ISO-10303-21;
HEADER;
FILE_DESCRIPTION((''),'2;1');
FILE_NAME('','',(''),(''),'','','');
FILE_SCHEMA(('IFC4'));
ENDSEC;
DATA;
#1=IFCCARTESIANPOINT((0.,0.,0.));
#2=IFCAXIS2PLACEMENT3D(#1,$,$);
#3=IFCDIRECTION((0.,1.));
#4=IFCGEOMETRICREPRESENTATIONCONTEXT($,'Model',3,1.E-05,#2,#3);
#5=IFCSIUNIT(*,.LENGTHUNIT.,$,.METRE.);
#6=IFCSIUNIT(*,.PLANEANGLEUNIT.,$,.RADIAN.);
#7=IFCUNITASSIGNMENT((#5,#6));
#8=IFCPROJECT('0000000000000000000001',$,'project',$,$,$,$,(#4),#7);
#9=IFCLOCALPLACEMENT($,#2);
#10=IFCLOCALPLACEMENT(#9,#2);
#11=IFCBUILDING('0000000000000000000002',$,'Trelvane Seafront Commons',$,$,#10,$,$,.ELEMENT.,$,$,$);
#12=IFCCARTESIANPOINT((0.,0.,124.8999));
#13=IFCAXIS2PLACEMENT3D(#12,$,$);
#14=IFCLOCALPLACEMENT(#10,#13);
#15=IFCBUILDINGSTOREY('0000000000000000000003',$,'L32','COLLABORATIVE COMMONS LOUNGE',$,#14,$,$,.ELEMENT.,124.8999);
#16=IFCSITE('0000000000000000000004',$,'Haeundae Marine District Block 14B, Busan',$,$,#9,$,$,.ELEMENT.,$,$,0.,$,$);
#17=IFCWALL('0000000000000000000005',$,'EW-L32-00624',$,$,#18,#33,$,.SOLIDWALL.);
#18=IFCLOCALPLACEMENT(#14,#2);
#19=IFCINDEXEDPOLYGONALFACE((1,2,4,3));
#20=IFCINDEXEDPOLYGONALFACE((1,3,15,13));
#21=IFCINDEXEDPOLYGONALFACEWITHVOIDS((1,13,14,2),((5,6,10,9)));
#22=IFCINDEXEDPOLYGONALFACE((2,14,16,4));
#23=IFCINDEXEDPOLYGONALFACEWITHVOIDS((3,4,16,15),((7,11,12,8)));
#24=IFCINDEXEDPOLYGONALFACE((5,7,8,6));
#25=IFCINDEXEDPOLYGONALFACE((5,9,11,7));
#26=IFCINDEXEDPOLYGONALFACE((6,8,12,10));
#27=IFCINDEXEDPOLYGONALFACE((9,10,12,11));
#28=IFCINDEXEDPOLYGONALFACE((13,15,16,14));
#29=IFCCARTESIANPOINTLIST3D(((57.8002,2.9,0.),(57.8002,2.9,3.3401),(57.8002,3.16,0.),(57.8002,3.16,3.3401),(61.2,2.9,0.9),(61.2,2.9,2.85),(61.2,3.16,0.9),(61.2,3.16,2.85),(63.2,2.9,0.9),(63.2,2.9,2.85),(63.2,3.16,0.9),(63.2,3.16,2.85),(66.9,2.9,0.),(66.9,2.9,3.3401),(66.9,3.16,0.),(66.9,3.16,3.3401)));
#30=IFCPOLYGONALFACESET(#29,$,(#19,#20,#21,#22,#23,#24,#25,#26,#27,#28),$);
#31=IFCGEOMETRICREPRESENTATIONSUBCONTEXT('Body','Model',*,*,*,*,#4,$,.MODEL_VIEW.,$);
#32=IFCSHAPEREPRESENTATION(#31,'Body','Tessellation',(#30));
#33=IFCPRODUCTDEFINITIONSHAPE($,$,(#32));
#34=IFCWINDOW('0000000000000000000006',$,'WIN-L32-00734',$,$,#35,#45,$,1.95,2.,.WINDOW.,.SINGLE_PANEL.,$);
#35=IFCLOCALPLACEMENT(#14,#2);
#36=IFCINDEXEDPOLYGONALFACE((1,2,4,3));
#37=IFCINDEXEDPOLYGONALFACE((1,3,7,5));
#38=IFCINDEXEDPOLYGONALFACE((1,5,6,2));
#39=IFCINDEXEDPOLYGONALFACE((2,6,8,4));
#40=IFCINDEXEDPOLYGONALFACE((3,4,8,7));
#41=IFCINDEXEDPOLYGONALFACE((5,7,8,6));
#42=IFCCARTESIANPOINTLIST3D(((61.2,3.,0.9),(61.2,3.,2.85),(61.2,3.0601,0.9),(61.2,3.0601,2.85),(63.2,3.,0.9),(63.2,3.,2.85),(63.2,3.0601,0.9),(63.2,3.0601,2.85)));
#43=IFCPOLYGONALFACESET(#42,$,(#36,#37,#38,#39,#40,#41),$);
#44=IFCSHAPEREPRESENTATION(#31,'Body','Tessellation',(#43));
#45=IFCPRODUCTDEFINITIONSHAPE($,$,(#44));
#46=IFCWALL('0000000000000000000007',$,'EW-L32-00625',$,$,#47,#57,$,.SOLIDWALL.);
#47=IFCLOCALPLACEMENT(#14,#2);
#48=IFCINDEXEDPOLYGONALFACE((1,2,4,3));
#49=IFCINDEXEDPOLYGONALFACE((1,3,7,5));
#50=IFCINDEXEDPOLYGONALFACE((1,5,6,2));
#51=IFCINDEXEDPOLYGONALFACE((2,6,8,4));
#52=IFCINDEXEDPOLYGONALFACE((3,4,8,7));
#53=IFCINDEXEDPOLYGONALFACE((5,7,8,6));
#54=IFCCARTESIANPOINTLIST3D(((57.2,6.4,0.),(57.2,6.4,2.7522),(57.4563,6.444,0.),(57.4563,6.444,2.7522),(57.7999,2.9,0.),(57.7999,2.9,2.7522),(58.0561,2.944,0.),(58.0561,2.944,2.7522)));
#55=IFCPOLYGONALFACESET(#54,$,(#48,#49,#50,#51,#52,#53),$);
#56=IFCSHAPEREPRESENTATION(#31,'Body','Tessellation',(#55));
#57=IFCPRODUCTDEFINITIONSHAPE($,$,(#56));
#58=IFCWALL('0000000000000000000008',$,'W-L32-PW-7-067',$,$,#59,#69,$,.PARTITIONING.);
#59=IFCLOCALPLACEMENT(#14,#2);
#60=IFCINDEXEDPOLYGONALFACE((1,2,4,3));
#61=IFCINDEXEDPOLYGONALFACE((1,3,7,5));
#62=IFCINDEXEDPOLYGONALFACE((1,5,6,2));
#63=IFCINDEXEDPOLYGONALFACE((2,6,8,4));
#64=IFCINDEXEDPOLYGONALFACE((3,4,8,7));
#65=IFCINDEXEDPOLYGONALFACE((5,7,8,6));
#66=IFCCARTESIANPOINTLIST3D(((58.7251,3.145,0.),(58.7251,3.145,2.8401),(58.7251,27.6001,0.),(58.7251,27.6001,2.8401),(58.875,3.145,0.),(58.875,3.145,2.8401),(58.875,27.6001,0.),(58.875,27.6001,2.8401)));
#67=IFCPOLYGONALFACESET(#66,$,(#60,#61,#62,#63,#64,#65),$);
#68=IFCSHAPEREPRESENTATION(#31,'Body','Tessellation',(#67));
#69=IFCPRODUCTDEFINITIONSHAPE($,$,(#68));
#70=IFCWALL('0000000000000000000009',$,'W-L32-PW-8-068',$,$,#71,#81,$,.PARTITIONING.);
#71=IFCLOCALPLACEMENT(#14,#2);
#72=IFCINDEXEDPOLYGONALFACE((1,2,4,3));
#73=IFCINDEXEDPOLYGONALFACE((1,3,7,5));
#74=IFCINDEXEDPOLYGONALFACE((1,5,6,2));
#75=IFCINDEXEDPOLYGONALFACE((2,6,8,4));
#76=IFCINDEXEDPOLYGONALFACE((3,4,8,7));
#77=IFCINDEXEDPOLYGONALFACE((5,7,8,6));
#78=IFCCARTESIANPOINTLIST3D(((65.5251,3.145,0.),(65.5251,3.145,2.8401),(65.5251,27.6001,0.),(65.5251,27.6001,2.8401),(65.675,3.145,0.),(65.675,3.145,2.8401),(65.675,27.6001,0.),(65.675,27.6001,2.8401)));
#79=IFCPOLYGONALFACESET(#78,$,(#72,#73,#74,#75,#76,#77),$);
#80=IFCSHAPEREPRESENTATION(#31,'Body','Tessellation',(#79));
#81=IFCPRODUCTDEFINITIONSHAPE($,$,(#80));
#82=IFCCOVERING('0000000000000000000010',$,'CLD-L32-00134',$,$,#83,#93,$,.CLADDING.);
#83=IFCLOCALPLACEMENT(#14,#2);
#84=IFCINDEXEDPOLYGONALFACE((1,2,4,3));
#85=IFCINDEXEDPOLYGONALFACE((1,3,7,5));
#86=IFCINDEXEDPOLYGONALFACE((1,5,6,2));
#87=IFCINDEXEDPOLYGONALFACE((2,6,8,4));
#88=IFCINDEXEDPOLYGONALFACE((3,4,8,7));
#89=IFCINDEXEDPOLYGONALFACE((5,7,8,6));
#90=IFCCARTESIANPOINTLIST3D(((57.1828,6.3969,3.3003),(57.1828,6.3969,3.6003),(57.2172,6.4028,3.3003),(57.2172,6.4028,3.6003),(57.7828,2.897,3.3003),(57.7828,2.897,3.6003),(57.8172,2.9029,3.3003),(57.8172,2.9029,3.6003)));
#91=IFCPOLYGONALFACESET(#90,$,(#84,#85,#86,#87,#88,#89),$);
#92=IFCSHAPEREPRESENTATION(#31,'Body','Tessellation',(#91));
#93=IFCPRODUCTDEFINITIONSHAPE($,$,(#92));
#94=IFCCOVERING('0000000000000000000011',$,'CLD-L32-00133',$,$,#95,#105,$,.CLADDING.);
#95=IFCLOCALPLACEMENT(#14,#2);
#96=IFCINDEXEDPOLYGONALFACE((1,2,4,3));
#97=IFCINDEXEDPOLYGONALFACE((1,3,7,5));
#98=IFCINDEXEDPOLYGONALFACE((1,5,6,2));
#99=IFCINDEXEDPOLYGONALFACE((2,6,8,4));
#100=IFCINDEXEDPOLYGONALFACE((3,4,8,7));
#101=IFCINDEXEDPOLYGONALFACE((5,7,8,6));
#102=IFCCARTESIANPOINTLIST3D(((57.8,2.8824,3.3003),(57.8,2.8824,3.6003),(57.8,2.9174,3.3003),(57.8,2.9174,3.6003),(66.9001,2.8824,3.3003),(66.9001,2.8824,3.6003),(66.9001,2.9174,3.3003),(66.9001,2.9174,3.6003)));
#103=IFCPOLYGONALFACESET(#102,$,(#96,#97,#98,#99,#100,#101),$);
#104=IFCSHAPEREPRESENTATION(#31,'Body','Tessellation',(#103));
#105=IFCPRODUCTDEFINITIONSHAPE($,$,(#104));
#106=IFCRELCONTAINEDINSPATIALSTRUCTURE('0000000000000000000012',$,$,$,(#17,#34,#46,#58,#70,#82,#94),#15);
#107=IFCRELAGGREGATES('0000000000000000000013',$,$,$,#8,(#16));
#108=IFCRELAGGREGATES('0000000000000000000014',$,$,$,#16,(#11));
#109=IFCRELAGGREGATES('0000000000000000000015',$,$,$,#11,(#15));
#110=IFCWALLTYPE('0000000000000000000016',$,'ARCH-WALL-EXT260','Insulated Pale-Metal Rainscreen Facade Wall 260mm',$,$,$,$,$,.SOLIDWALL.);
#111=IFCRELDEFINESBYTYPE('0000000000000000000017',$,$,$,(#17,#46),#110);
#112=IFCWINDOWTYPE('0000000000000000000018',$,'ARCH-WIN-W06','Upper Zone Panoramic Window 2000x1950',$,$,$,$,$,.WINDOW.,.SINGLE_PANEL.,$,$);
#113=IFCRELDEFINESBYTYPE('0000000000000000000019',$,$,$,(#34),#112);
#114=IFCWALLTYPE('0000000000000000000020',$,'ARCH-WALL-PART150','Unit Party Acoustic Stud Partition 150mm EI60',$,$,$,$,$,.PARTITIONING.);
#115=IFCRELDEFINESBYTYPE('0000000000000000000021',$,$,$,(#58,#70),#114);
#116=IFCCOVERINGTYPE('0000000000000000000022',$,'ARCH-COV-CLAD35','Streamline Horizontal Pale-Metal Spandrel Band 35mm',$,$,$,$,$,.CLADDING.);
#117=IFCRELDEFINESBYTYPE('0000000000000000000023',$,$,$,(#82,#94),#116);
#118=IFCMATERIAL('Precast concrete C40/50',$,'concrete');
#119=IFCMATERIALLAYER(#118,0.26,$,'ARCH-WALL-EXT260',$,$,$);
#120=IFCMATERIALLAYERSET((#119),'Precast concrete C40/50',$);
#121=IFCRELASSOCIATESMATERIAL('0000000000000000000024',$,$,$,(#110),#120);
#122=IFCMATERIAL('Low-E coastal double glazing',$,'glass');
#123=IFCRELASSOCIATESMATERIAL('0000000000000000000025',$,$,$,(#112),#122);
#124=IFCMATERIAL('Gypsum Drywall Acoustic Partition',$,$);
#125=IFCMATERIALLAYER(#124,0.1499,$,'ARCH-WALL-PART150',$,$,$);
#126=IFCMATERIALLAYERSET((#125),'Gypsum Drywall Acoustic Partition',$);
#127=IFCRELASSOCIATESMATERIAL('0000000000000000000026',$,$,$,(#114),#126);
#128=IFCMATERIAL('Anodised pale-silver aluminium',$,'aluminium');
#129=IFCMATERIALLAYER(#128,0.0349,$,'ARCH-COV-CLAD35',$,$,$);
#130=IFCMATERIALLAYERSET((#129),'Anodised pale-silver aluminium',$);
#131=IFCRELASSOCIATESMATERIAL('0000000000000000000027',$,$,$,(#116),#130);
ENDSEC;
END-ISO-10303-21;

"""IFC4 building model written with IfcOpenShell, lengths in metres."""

from ifc_helpers import new_model, si_unit, direction, frame, frame_2d, origin, origin_2d, place, context, subcontext, project, spatial, rectangle, extrude, source, transform, mapped, material, layer, layer_set, type_object, element, fill, save


model = new_model("IFC4")

# Units and contexts
model_context = context("Model", 3, precision=1e-05, world=origin(), true_north=direction((0.0, 1.0)))
body_context = subcontext(model_context, "Body", "Model", "MODEL_VIEW")
ifc_project = project(units=[si_unit("LENGTHUNIT", "METRE"), si_unit("PLANEANGLEUNIT", "RADIAN")], contexts=[model_context])

# Site, building, storey
site_placement = place(None, origin())
site = spatial("IfcSite", under=ifc_project, at=site_placement, Name="Haeundae Marine District Block 14B, Busan", CompositionType="ELEMENT", RefElevation=0.0)
building_placement = place(site_placement, origin())
building = spatial("IfcBuilding", under=site, at=building_placement, Name="Trelvane Seafront Commons", CompositionType="ELEMENT")
storey_placement = place(building_placement, frame((0.0, 0.0, 124.8999)))
storey = spatial("IfcBuildingStorey", under=building, at=storey_placement, Name="L32", Description="COLLABORATIVE COMMONS LOUNGE", CompositionType="ELEMENT", Elevation=124.8999)

# Shared definitions
ifc_material_1 = material(Name="Anodised pale-silver aluminium", Category="aluminium")

# Shared definitions
ifc_material_2 = material(Name="Low-E coastal double glazing", Category="glass")

# Shared definitions
ifc_material_3 = material(Name="Precast concrete C40/50", Category="concrete")
ifc_layer_1 = layer(ifc_material_3, 0.26, Name="ARCH-WALL-EXT260")
ifc_layer_set_1 = layer_set([ifc_layer_1], Name="Precast concrete C40/50")
wall_type_1 = type_object("IfcWallType", Name="ARCH-WALL-EXT260", Description="Insulated Pale-Metal Rainscreen Facade Wall 260mm", PredefinedType="SOLIDWALL", material=ifc_layer_set_1)

# Wall, opening, window
wall_1_placement = place(storey_placement, frame((66.8999, 3.03, 0.0), z_axis=(0.0, 0.0, 1.0), x_axis=(-1.0, 0.0, 0.0)))
wall_1 = element("IfcWall", 1, at=wall_1_placement, inside=storey, type_object=wall_type_1, Name="EW-L32-00624", PredefinedType="SOLIDWALL", context=body_context, shape_type="SweptSolid", body=[
    extrude(rectangle(XDim=9.0999, YDim=0.26, at=frame_2d((4.5498, 0.0))), origin(), (0.0, 0.0, 1.0), 3.3401),
])
opening_placement = place(wall_1_placement, frame((3.7, 0.0, 0.8999)))
opening = element("IfcOpeningElement", 2, at=opening_placement, cuts=wall_1, PredefinedType="OPENING", context=body_context, shape_type="SweptSolid", body=[
    extrude(rectangle(XDim=2.0, YDim=1.95, at=frame_2d((1.0, 0.9751))), frame((0.0, 0.1399, 0.0), z_axis=(0.0, -1.0, 0.0), x_axis=(1.0, 0.0, 0.0)), (0.0, 0.0, 1.0), 0.28),
])
window_type = type_object("IfcWindowType", Name="ARCH-WIN-W06", Description="Upper Zone Panoramic Window 2000x1950", PartitioningType="SINGLE_PANEL", PredefinedType="WINDOW", material=ifc_material_2)
shared_shape_1 = source(origin(), body_context, "Body", "SweptSolid", [
    extrude(rectangle(XDim=2.0, YDim=1.95, at=frame_2d((1.0, 0.9751))), frame((0.0, 0.03, 0.0), z_axis=(0.0, -1.0, 0.0), x_axis=(1.0, 0.0, 0.0)), (0.0, 0.0, 1.0), 0.0601),
])
window_placement = place(opening_placement, origin())
window = element("IfcWindow", 3, at=window_placement, inside=storey, type_object=window_type, Name="WIN-L32-00734", OverallHeight=1.95, OverallWidth=2.0, PartitioningType="SINGLE_PANEL", PredefinedType="WINDOW", context=body_context, shape_type="MappedRepresentation", body=[
    mapped(shared_shape_1, transform((0.0, 0.0, 0.0), x_axis=(1.0, 0.0, 0.0), y_axis=(0.0, 1.0, 0.0), z_axis=(0.0, 0.0, 1.0), scale=1.0)),
])
fill(opening, window)

# Walls
wall_2_placement = place(storey_placement, frame((57.928, 2.9221, 0.0), z_axis=(0.0, 0.0, 1.0), x_axis=(-0.168924, 0.985629, 0.0)))
element("IfcWall", 4, at=wall_2_placement, inside=storey, type_object=wall_type_1, Name="EW-L32-00625", PredefinedType="SOLIDWALL", context=body_context, shape_type="SweptSolid", body=[
    extrude(rectangle(XDim=3.551, YDim=0.26, at=frame_2d((1.7754, 0.0))), origin(), (0.0, 0.0, 1.0), 2.7522),
])
ifc_material_4 = material(Name="Gypsum Drywall Acoustic Partition")
ifc_layer_2 = layer(ifc_material_4, 0.1499, Name="ARCH-WALL-PART150")
ifc_layer_set_2 = layer_set([ifc_layer_2], Name="Gypsum Drywall Acoustic Partition")
wall_type_2 = type_object("IfcWallType", Name="ARCH-WALL-PART150", Description="Unit Party Acoustic Stud Partition 150mm EI60", PredefinedType="PARTITIONING", material=ifc_layer_set_2)
for number, where, z_axis, x_axis, name in (
    (5, (58.8, 3.145, 0.0), (0.0, 0.0, 1.0), (0.0, 1.0, 0.0), "W-L32-PW-7-067"),
    (6, (65.6001, 3.145, 0.0), (0.0, 0.0, 1.0), (0.0, 1.0, 0.0), "W-L32-PW-8-068"),
):
    element("IfcWall", number, at=place(storey_placement, frame(where, z_axis=z_axis, x_axis=x_axis)), inside=storey, type_object=wall_type_2, Name=name, PredefinedType="PARTITIONING", context=body_context, shape_type="SweptSolid", body=[
        extrude(rectangle(XDim=24.4551, YDim=0.1499, at=frame_2d((12.2275, 0.0))), origin(), (0.0, 0.0, 1.0), 2.8401),
    ])

# Coverings
ifc_layer_3 = layer(ifc_material_1, 0.0349, Name="ARCH-COV-CLAD35")
ifc_layer_set_3 = layer_set([ifc_layer_3], Name="Anodised pale-silver aluminium")
covering_type = type_object("IfcCoveringType", Name="ARCH-COV-CLAD35", Description="Streamline Horizontal Pale-Metal Spandrel Band 35mm", PredefinedType="CLADDING", material=ifc_layer_set_3)
shared_shape_2 = source(origin(), body_context, "Body", "SweptSolid", [
    extrude(rectangle(XDim=3.551, YDim=0.0349, at=origin_2d()), origin(), (0.0, 0.0, 1.0), 0.3),
])
covering_1_placement = place(storey_placement, frame((57.5, 4.6499, 3.3003), z_axis=(0.0, 0.0, 1.0), x_axis=(-0.168964, 0.985622, 0.0)))
element("IfcCovering", 7, at=covering_1_placement, inside=storey, type_object=covering_type, Name="CLD-L32-00134", PredefinedType="CLADDING", context=body_context, shape_type="MappedRepresentation", body=[
    mapped(shared_shape_2, transform((0.0, 0.0, 0.0), x_axis=(1.0, 0.0, 0.0), y_axis=(0.0, 1.0, 0.0), z_axis=(0.0, 0.0, 1.0), scale=1.0)),
])
shared_shape_3 = source(origin(), body_context, "Body", "SweptSolid", [
    extrude(rectangle(XDim=9.1001, YDim=0.0349, at=origin_2d()), origin(), (0.0, 0.0, 1.0), 0.3),
])
covering_2_placement = place(storey_placement, frame((62.3501, 2.8999, 3.3003), z_axis=(0.0, 0.0, 1.0), x_axis=(-1.0, 0.0, 0.0)))
element("IfcCovering", 8, at=covering_2_placement, inside=storey, type_object=covering_type, Name="CLD-L32-00133", PredefinedType="CLADDING", context=body_context, shape_type="MappedRepresentation", body=[
    mapped(shared_shape_3, transform((0.0, 0.0, 0.0), x_axis=(1.0, 0.0, 0.0), y_axis=(0.0, 1.0, 0.0), z_axis=(0.0, 0.0, 1.0), scale=1.0)),
])

save(model, "model.ifc")
